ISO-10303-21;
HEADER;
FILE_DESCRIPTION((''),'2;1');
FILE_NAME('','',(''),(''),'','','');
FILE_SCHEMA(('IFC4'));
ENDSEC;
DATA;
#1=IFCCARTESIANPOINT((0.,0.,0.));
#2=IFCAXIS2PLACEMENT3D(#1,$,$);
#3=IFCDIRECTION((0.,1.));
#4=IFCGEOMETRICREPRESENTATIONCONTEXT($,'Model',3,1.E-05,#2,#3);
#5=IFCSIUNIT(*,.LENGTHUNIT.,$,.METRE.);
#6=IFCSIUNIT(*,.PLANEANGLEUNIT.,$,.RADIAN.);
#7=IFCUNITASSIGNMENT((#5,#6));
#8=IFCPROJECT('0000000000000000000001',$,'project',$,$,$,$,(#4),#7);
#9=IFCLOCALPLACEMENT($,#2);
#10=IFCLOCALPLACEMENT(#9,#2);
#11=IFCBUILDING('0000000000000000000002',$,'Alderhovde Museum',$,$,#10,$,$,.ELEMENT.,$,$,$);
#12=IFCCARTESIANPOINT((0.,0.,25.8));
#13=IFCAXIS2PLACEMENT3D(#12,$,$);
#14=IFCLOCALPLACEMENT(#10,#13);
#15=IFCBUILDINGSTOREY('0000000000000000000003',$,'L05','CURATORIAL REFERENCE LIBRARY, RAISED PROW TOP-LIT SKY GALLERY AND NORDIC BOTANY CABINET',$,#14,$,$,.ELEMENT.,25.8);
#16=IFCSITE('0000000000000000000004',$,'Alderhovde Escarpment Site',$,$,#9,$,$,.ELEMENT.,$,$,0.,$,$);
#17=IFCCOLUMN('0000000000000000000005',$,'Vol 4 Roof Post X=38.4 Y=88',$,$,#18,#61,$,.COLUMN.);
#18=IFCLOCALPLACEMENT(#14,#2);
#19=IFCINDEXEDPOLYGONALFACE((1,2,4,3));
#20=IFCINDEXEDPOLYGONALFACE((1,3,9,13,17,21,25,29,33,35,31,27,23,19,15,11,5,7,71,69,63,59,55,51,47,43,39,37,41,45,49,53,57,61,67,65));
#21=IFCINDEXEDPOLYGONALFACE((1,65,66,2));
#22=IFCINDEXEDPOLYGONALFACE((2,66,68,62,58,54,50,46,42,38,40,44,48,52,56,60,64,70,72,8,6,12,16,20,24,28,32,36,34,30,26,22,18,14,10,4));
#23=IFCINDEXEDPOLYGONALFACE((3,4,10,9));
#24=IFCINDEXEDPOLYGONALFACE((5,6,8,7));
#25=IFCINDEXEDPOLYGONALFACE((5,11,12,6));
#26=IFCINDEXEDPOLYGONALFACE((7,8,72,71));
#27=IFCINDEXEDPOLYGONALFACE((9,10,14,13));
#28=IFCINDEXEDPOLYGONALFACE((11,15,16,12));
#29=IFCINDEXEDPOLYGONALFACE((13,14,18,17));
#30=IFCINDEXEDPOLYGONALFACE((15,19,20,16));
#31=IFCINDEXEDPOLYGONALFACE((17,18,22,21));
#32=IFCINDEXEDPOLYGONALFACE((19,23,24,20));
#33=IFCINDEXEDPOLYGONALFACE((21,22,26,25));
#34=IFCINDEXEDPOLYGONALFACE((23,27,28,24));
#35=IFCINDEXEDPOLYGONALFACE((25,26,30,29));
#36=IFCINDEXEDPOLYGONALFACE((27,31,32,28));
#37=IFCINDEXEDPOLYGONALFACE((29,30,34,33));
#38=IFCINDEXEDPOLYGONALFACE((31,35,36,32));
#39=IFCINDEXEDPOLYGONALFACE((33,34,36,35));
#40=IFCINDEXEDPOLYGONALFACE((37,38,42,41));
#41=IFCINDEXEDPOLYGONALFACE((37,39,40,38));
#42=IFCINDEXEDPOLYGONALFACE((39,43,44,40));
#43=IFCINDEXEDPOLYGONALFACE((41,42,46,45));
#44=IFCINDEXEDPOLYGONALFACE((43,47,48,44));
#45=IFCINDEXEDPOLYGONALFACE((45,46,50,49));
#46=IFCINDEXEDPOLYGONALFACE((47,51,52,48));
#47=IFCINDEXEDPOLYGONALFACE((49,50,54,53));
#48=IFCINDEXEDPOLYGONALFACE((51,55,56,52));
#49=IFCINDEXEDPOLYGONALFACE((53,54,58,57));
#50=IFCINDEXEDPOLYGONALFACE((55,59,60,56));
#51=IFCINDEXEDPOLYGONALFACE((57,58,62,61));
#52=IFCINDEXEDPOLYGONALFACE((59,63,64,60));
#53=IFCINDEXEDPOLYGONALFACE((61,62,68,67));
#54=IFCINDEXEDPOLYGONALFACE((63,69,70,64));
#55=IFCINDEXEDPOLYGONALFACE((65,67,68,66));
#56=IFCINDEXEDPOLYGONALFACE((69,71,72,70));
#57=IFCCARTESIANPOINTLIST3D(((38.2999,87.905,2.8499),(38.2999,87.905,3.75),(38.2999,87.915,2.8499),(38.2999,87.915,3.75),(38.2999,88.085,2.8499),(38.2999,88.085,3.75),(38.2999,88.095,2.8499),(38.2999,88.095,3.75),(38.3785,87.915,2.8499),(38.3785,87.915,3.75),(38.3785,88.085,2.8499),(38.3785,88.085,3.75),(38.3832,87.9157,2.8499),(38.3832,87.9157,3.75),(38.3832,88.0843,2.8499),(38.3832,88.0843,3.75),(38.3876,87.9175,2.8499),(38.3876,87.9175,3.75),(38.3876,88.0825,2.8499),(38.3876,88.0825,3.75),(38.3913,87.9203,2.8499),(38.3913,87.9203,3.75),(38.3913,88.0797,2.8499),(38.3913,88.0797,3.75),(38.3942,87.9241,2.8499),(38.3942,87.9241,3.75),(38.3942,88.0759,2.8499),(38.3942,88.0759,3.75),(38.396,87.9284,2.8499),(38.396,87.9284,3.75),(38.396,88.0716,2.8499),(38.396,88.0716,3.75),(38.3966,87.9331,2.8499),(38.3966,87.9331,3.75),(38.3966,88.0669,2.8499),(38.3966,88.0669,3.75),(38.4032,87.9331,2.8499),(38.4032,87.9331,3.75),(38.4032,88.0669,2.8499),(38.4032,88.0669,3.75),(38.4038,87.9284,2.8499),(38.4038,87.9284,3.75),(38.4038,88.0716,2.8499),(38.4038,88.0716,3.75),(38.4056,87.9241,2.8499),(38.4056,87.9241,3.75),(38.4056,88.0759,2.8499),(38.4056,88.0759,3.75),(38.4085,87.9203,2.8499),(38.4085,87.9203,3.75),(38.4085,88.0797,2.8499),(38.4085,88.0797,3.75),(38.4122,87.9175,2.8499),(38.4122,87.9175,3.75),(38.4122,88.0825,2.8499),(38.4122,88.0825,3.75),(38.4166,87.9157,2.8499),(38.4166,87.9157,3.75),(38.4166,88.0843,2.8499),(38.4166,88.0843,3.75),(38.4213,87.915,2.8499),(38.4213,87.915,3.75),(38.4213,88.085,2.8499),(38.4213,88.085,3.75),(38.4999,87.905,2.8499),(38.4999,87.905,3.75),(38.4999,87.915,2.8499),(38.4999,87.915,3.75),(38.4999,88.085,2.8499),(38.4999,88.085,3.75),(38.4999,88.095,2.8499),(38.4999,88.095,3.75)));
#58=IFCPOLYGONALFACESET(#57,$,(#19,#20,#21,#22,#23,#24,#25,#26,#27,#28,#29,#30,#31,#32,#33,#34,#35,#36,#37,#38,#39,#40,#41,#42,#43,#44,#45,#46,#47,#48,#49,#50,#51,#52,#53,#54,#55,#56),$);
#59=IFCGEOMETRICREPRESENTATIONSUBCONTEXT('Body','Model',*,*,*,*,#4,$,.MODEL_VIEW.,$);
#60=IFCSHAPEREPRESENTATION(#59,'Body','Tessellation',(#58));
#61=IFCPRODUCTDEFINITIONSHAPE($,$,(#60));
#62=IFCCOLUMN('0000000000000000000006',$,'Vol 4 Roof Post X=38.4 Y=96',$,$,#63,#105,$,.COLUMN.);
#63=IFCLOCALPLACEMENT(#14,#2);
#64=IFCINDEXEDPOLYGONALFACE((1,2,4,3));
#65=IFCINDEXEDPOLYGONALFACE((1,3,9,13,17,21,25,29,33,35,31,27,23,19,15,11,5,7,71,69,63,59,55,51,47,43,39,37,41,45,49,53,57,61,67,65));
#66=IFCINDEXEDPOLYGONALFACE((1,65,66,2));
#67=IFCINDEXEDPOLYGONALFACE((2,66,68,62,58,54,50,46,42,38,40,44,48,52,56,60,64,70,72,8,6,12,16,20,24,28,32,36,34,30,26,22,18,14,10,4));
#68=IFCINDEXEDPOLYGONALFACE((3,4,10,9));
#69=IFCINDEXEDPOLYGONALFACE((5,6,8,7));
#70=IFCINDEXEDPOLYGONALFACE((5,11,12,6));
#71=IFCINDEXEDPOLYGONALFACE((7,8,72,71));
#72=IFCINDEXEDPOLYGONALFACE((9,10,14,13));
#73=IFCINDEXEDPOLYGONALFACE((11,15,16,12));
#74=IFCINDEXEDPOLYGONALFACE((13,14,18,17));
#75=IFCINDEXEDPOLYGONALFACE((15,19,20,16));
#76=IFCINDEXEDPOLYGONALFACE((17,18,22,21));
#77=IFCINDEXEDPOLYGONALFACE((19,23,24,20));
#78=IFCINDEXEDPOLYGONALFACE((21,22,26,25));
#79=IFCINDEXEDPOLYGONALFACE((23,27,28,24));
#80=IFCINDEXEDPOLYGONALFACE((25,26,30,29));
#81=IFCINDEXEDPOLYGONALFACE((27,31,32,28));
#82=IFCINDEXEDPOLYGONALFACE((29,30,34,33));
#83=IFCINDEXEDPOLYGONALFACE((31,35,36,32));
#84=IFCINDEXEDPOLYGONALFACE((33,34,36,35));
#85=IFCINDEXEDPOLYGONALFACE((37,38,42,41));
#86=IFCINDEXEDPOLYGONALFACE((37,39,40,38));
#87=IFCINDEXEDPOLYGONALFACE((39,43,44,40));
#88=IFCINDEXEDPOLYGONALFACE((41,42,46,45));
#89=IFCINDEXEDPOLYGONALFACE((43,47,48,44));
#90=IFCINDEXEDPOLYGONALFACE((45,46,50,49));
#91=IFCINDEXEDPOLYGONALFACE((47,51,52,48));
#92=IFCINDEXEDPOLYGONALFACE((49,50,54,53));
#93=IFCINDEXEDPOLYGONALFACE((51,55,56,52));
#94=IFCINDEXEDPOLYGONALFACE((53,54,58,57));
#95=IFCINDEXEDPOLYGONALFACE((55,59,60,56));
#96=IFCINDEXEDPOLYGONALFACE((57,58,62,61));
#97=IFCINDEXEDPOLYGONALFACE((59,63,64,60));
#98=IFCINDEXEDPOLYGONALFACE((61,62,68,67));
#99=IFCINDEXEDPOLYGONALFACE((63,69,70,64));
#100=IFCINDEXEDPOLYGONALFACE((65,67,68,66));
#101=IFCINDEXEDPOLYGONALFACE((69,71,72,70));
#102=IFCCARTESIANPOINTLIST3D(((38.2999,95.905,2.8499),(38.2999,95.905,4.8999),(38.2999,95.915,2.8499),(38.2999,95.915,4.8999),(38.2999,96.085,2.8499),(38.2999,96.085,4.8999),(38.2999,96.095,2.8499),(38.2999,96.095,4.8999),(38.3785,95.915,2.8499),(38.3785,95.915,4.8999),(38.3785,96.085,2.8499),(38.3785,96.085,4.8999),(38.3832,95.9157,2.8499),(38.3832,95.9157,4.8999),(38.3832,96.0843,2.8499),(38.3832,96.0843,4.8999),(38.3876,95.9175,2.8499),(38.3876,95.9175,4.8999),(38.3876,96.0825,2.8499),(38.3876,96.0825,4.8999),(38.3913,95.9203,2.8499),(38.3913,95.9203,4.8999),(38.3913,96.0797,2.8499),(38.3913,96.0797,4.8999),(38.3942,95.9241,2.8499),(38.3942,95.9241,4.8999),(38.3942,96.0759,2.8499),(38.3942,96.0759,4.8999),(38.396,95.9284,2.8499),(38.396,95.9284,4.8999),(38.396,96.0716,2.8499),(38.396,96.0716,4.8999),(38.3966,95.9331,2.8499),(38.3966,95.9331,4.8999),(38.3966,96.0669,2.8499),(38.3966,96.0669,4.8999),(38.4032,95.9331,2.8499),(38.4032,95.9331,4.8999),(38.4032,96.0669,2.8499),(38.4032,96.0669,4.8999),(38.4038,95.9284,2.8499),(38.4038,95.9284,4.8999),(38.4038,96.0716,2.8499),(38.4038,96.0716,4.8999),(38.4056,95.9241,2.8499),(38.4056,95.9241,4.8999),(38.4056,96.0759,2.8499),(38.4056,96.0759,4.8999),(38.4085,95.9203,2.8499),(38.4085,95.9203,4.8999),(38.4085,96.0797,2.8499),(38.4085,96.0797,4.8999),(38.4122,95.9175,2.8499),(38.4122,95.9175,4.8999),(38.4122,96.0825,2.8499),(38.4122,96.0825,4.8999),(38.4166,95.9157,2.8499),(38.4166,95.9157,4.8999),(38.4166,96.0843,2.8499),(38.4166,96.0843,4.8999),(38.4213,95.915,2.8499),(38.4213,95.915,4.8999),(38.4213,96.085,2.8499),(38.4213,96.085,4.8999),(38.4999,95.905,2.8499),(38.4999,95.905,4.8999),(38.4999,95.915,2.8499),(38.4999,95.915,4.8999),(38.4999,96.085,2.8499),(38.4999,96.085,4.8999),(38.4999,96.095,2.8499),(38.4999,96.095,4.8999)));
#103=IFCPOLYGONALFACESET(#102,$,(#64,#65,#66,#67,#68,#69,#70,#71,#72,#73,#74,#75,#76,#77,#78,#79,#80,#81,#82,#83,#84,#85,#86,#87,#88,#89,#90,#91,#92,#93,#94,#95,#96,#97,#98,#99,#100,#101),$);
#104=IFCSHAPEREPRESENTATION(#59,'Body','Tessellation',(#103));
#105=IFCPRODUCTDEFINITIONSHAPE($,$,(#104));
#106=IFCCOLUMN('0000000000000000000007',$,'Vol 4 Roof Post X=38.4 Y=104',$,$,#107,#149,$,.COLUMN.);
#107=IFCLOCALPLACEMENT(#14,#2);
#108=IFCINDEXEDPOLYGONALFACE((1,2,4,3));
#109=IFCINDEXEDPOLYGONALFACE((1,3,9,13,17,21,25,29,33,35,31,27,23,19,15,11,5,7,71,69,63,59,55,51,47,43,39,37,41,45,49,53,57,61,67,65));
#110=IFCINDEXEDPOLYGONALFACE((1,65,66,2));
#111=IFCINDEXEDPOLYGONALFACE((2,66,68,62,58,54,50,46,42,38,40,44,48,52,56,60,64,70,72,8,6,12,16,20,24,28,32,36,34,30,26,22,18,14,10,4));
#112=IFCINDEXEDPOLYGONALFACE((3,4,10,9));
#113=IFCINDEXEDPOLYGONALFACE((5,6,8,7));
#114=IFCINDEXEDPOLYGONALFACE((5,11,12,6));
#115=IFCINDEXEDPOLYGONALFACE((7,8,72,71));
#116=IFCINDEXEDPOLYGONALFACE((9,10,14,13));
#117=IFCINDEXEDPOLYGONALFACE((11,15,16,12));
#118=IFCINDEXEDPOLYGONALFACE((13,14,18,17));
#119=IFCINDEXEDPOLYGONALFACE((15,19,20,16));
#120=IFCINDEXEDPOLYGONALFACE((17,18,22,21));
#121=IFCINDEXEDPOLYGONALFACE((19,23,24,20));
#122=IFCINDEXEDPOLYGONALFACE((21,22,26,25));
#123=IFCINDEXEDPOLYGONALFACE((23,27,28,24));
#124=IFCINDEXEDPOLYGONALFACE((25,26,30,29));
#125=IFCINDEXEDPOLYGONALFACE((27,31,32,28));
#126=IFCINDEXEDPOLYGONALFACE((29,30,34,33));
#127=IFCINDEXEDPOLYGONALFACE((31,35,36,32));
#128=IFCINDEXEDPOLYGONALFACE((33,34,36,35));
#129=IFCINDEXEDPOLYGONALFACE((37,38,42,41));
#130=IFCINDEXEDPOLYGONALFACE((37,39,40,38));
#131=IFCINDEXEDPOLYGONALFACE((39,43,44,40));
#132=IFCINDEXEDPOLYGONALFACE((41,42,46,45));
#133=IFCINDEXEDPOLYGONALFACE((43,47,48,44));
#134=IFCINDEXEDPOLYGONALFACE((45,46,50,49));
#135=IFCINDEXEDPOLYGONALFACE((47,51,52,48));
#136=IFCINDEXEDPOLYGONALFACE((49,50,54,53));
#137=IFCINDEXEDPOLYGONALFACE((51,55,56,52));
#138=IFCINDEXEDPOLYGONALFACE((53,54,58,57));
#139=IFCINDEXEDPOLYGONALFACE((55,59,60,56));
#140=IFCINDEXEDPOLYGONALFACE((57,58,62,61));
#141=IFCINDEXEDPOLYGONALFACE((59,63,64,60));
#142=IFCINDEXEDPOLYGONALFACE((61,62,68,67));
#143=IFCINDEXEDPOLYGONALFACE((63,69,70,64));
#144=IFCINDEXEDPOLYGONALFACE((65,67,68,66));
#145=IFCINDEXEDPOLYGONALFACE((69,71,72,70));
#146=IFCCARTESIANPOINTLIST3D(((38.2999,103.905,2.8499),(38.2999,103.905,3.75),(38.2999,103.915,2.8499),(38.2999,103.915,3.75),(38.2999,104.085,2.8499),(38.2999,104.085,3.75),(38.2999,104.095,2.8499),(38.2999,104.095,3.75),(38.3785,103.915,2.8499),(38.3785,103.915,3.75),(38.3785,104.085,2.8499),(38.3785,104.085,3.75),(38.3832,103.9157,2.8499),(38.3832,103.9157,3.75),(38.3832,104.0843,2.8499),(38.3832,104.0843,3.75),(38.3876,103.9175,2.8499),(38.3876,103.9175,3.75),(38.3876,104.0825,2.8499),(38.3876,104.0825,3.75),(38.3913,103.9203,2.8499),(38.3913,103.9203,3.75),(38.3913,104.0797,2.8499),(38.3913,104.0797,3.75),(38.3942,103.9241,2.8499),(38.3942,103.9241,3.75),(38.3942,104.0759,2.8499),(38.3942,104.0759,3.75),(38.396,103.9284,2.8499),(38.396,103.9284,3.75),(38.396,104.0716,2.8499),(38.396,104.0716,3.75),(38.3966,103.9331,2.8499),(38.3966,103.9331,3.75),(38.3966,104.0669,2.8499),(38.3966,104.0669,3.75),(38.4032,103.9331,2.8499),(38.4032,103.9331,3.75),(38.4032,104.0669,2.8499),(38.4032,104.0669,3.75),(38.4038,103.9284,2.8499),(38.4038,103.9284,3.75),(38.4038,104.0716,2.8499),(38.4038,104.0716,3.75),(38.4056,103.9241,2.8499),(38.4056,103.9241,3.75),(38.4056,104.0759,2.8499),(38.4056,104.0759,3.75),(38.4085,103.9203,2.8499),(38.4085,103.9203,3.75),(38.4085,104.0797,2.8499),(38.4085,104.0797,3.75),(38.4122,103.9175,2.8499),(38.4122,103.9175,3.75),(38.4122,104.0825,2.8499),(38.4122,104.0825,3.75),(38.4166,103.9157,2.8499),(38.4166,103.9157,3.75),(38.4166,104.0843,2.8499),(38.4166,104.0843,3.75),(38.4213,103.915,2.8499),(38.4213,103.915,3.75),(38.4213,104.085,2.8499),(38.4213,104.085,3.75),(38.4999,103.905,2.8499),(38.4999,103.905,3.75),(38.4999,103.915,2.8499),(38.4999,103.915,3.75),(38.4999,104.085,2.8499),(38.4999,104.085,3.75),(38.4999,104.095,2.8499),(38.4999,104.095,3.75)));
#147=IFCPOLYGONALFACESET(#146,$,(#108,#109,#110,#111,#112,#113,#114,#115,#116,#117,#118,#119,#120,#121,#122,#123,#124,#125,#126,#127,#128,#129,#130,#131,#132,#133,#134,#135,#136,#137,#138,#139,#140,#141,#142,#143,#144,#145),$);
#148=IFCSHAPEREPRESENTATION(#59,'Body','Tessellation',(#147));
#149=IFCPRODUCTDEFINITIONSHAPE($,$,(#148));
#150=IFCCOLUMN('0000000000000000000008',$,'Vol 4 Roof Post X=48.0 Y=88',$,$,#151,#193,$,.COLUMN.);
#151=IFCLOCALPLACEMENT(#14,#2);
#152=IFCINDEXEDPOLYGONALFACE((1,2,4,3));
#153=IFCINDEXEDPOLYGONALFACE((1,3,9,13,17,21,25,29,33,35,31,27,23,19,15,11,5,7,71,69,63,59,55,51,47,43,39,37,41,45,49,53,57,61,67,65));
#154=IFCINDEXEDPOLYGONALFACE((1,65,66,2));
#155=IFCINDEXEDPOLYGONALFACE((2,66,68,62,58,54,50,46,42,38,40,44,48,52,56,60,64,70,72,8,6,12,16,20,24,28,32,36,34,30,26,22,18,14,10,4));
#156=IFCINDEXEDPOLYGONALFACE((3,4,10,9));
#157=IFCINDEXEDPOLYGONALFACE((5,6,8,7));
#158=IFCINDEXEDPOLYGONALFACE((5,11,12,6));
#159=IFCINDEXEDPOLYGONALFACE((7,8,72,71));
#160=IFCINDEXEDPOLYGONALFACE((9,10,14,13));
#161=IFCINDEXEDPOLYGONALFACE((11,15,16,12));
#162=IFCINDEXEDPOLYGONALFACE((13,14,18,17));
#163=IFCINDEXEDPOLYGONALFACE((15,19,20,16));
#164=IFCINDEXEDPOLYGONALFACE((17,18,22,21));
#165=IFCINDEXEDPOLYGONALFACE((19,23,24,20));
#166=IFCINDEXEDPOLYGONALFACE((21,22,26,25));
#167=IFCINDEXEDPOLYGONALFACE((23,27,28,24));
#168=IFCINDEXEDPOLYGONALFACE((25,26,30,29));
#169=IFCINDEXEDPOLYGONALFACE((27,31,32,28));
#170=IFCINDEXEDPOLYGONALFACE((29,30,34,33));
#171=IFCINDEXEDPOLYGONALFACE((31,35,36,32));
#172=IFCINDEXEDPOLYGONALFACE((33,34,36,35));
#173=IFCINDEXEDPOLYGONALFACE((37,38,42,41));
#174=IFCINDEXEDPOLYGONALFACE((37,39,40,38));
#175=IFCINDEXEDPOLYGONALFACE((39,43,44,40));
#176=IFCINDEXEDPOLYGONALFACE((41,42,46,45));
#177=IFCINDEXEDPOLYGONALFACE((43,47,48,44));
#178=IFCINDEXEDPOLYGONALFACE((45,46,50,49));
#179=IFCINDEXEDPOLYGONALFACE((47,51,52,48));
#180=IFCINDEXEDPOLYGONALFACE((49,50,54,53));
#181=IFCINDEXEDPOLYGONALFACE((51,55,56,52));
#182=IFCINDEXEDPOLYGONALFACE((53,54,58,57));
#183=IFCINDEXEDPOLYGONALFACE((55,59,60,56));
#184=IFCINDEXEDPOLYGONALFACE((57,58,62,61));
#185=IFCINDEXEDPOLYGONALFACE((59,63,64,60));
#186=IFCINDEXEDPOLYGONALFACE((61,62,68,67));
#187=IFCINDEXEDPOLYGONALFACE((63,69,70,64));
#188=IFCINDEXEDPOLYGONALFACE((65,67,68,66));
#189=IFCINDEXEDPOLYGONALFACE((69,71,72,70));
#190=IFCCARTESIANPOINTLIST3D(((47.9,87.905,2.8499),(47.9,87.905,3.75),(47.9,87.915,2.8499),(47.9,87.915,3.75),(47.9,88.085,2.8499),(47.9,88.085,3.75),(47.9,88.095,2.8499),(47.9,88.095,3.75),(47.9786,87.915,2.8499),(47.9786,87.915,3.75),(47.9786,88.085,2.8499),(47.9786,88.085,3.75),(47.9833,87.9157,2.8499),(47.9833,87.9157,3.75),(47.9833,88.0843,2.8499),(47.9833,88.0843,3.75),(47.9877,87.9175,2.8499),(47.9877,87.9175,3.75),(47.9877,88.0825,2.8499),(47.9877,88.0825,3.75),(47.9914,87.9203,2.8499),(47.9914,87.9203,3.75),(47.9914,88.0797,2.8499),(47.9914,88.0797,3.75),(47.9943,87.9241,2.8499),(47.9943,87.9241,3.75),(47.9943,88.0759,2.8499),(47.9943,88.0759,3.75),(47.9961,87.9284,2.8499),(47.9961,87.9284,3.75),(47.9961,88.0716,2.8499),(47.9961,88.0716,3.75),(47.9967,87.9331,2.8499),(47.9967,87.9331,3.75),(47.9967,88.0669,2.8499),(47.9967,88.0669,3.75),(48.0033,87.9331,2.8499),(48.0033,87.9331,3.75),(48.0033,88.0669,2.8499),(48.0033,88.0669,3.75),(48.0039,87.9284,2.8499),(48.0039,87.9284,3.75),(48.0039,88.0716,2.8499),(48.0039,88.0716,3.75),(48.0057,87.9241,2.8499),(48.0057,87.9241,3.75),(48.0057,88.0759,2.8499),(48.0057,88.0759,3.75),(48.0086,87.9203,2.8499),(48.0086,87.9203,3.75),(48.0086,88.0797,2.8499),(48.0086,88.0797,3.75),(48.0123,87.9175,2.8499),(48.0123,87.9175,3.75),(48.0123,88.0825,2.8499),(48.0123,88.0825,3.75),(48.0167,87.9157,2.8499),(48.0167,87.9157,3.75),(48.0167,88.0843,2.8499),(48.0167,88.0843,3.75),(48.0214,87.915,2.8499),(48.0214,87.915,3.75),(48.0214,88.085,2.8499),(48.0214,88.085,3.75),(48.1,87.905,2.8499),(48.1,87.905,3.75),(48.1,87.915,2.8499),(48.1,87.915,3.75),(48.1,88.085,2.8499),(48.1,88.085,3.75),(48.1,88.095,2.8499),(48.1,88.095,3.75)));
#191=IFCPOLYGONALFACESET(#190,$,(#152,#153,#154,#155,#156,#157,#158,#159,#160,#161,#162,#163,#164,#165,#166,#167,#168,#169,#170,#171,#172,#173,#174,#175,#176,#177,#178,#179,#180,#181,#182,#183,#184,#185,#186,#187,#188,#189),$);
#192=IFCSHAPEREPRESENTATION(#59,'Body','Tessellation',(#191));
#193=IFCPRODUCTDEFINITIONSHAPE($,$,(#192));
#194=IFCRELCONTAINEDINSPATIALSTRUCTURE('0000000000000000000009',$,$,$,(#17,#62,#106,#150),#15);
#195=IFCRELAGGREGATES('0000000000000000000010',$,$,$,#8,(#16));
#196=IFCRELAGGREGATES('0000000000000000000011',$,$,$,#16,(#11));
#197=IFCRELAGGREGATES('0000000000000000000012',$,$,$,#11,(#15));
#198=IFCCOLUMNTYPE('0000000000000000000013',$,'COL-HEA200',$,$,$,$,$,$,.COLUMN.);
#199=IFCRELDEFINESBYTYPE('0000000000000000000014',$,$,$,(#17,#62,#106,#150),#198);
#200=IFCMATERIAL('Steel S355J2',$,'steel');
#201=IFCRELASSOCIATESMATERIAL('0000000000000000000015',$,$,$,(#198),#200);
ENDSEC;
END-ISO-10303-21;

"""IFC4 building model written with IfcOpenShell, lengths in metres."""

from ifc_helpers import new_model, si_unit, direction, frame, origin, origin_2d, place, context, subcontext, project, spatial, i_section, extrude, material, material_profile, profile_set, type_object, element, save


model = new_model("IFC4")

# Units and contexts
model_context = context("Model", 3, precision=1e-05, world=origin(), true_north=direction((0.0, 1.0)))
body_context = subcontext(model_context, "Body", "Model", "MODEL_VIEW")
ifc_project = project(units=[si_unit("LENGTHUNIT", "METRE"), si_unit("PLANEANGLEUNIT", "RADIAN")], contexts=[model_context])

# Site, building, storey
site_placement = place(None, origin())
site = spatial("IfcSite", under=ifc_project, at=site_placement, Name="Alderhovde Escarpment Site", CompositionType="ELEMENT", RefElevation=0.0)
building_placement = place(site_placement, origin())
building = spatial("IfcBuilding", under=site, at=building_placement, Name="Alderhovde Museum", CompositionType="ELEMENT")
storey_placement = place(building_placement, frame((0.0, 0.0, 25.8)))
storey = spatial("IfcBuildingStorey", under=building, at=storey_placement, Name="L05", Description="CURATORIAL REFERENCE LIBRARY, RAISED PROW TOP-LIT SKY GALLERY AND NORDIC BOTANY CABINET", CompositionType="ELEMENT", Elevation=25.8)

# Columns
ifc_material_1 = material(Name="Steel S355J2", Category="steel")
ifc_material_profile_1 = material_profile(ifc_material_1, i_section(OverallWidth=0.2, OverallDepth=0.1899, WebThickness=0.0066, FlangeThickness=0.01, FilletRadius=0.0181, at=origin_2d()), Name="HEA 200")
ifc_profile_set_1 = profile_set([ifc_material_profile_1], Name="Steel S355J2")
column_type_1 = type_object("IfcColumnType", Name="COL-HEA200", PredefinedType="COLUMN", material=ifc_profile_set_1)
column_1_placement = place(storey_placement, frame((38.3999, 88.0, 2.8499), z_axis=(0.0, 0.0, 1.0), x_axis=(1.0, 0.0, 0.0)))
element("IfcColumn", 1, at=column_1_placement, inside=storey, type_object=column_type_1, Name="Vol 4 Roof Post X=38.4 Y=88", PredefinedType="COLUMN", context=body_context, shape_type="SweptSolid", body=[
    extrude(i_section(OverallWidth=0.2, OverallDepth=0.1899, WebThickness=0.0066, FlangeThickness=0.01, FilletRadius=0.0181, at=origin_2d()), origin(), (0.0, 0.0, 1.0), 0.9001),
])
column_2_placement = place(storey_placement, frame((38.3999, 96.0, 2.8499), z_axis=(0.0, 0.0, 1.0), x_axis=(1.0, 0.0, 0.0)))
element("IfcColumn", 2, at=column_2_placement, inside=storey, type_object=column_type_1, Name="Vol 4 Roof Post X=38.4 Y=96", PredefinedType="COLUMN", context=body_context, shape_type="SweptSolid", body=[
    extrude(i_section(OverallWidth=0.2, OverallDepth=0.1899, WebThickness=0.0066, FlangeThickness=0.01, FilletRadius=0.0181, at=origin_2d()), origin(), (0.0, 0.0, 1.0), 2.05),
])
for number, where, z_axis, x_axis, name in (
    (3, (38.3999, 104.0, 2.8499), (0.0, 0.0, 1.0), (1.0, 0.0, 0.0), "Vol 4 Roof Post X=38.4 Y=104"),
    (4, (48.0, 88.0, 2.8499), (0.0, 0.0, 1.0), (1.0, 0.0, 0.0), "Vol 4 Roof Post X=48.0 Y=88"),
):
    element("IfcColumn", number, at=place(storey_placement, frame(where, z_axis=z_axis, x_axis=x_axis)), inside=storey, type_object=column_type_1, Name=name, PredefinedType="COLUMN", context=body_context, shape_type="SweptSolid", body=[
        extrude(i_section(OverallWidth=0.2, OverallDepth=0.1899, WebThickness=0.0066, FlangeThickness=0.01, FilletRadius=0.0181, at=origin_2d()), origin(), (0.0, 0.0, 1.0), 0.9001),
    ])

save(model, "model.ifc")
